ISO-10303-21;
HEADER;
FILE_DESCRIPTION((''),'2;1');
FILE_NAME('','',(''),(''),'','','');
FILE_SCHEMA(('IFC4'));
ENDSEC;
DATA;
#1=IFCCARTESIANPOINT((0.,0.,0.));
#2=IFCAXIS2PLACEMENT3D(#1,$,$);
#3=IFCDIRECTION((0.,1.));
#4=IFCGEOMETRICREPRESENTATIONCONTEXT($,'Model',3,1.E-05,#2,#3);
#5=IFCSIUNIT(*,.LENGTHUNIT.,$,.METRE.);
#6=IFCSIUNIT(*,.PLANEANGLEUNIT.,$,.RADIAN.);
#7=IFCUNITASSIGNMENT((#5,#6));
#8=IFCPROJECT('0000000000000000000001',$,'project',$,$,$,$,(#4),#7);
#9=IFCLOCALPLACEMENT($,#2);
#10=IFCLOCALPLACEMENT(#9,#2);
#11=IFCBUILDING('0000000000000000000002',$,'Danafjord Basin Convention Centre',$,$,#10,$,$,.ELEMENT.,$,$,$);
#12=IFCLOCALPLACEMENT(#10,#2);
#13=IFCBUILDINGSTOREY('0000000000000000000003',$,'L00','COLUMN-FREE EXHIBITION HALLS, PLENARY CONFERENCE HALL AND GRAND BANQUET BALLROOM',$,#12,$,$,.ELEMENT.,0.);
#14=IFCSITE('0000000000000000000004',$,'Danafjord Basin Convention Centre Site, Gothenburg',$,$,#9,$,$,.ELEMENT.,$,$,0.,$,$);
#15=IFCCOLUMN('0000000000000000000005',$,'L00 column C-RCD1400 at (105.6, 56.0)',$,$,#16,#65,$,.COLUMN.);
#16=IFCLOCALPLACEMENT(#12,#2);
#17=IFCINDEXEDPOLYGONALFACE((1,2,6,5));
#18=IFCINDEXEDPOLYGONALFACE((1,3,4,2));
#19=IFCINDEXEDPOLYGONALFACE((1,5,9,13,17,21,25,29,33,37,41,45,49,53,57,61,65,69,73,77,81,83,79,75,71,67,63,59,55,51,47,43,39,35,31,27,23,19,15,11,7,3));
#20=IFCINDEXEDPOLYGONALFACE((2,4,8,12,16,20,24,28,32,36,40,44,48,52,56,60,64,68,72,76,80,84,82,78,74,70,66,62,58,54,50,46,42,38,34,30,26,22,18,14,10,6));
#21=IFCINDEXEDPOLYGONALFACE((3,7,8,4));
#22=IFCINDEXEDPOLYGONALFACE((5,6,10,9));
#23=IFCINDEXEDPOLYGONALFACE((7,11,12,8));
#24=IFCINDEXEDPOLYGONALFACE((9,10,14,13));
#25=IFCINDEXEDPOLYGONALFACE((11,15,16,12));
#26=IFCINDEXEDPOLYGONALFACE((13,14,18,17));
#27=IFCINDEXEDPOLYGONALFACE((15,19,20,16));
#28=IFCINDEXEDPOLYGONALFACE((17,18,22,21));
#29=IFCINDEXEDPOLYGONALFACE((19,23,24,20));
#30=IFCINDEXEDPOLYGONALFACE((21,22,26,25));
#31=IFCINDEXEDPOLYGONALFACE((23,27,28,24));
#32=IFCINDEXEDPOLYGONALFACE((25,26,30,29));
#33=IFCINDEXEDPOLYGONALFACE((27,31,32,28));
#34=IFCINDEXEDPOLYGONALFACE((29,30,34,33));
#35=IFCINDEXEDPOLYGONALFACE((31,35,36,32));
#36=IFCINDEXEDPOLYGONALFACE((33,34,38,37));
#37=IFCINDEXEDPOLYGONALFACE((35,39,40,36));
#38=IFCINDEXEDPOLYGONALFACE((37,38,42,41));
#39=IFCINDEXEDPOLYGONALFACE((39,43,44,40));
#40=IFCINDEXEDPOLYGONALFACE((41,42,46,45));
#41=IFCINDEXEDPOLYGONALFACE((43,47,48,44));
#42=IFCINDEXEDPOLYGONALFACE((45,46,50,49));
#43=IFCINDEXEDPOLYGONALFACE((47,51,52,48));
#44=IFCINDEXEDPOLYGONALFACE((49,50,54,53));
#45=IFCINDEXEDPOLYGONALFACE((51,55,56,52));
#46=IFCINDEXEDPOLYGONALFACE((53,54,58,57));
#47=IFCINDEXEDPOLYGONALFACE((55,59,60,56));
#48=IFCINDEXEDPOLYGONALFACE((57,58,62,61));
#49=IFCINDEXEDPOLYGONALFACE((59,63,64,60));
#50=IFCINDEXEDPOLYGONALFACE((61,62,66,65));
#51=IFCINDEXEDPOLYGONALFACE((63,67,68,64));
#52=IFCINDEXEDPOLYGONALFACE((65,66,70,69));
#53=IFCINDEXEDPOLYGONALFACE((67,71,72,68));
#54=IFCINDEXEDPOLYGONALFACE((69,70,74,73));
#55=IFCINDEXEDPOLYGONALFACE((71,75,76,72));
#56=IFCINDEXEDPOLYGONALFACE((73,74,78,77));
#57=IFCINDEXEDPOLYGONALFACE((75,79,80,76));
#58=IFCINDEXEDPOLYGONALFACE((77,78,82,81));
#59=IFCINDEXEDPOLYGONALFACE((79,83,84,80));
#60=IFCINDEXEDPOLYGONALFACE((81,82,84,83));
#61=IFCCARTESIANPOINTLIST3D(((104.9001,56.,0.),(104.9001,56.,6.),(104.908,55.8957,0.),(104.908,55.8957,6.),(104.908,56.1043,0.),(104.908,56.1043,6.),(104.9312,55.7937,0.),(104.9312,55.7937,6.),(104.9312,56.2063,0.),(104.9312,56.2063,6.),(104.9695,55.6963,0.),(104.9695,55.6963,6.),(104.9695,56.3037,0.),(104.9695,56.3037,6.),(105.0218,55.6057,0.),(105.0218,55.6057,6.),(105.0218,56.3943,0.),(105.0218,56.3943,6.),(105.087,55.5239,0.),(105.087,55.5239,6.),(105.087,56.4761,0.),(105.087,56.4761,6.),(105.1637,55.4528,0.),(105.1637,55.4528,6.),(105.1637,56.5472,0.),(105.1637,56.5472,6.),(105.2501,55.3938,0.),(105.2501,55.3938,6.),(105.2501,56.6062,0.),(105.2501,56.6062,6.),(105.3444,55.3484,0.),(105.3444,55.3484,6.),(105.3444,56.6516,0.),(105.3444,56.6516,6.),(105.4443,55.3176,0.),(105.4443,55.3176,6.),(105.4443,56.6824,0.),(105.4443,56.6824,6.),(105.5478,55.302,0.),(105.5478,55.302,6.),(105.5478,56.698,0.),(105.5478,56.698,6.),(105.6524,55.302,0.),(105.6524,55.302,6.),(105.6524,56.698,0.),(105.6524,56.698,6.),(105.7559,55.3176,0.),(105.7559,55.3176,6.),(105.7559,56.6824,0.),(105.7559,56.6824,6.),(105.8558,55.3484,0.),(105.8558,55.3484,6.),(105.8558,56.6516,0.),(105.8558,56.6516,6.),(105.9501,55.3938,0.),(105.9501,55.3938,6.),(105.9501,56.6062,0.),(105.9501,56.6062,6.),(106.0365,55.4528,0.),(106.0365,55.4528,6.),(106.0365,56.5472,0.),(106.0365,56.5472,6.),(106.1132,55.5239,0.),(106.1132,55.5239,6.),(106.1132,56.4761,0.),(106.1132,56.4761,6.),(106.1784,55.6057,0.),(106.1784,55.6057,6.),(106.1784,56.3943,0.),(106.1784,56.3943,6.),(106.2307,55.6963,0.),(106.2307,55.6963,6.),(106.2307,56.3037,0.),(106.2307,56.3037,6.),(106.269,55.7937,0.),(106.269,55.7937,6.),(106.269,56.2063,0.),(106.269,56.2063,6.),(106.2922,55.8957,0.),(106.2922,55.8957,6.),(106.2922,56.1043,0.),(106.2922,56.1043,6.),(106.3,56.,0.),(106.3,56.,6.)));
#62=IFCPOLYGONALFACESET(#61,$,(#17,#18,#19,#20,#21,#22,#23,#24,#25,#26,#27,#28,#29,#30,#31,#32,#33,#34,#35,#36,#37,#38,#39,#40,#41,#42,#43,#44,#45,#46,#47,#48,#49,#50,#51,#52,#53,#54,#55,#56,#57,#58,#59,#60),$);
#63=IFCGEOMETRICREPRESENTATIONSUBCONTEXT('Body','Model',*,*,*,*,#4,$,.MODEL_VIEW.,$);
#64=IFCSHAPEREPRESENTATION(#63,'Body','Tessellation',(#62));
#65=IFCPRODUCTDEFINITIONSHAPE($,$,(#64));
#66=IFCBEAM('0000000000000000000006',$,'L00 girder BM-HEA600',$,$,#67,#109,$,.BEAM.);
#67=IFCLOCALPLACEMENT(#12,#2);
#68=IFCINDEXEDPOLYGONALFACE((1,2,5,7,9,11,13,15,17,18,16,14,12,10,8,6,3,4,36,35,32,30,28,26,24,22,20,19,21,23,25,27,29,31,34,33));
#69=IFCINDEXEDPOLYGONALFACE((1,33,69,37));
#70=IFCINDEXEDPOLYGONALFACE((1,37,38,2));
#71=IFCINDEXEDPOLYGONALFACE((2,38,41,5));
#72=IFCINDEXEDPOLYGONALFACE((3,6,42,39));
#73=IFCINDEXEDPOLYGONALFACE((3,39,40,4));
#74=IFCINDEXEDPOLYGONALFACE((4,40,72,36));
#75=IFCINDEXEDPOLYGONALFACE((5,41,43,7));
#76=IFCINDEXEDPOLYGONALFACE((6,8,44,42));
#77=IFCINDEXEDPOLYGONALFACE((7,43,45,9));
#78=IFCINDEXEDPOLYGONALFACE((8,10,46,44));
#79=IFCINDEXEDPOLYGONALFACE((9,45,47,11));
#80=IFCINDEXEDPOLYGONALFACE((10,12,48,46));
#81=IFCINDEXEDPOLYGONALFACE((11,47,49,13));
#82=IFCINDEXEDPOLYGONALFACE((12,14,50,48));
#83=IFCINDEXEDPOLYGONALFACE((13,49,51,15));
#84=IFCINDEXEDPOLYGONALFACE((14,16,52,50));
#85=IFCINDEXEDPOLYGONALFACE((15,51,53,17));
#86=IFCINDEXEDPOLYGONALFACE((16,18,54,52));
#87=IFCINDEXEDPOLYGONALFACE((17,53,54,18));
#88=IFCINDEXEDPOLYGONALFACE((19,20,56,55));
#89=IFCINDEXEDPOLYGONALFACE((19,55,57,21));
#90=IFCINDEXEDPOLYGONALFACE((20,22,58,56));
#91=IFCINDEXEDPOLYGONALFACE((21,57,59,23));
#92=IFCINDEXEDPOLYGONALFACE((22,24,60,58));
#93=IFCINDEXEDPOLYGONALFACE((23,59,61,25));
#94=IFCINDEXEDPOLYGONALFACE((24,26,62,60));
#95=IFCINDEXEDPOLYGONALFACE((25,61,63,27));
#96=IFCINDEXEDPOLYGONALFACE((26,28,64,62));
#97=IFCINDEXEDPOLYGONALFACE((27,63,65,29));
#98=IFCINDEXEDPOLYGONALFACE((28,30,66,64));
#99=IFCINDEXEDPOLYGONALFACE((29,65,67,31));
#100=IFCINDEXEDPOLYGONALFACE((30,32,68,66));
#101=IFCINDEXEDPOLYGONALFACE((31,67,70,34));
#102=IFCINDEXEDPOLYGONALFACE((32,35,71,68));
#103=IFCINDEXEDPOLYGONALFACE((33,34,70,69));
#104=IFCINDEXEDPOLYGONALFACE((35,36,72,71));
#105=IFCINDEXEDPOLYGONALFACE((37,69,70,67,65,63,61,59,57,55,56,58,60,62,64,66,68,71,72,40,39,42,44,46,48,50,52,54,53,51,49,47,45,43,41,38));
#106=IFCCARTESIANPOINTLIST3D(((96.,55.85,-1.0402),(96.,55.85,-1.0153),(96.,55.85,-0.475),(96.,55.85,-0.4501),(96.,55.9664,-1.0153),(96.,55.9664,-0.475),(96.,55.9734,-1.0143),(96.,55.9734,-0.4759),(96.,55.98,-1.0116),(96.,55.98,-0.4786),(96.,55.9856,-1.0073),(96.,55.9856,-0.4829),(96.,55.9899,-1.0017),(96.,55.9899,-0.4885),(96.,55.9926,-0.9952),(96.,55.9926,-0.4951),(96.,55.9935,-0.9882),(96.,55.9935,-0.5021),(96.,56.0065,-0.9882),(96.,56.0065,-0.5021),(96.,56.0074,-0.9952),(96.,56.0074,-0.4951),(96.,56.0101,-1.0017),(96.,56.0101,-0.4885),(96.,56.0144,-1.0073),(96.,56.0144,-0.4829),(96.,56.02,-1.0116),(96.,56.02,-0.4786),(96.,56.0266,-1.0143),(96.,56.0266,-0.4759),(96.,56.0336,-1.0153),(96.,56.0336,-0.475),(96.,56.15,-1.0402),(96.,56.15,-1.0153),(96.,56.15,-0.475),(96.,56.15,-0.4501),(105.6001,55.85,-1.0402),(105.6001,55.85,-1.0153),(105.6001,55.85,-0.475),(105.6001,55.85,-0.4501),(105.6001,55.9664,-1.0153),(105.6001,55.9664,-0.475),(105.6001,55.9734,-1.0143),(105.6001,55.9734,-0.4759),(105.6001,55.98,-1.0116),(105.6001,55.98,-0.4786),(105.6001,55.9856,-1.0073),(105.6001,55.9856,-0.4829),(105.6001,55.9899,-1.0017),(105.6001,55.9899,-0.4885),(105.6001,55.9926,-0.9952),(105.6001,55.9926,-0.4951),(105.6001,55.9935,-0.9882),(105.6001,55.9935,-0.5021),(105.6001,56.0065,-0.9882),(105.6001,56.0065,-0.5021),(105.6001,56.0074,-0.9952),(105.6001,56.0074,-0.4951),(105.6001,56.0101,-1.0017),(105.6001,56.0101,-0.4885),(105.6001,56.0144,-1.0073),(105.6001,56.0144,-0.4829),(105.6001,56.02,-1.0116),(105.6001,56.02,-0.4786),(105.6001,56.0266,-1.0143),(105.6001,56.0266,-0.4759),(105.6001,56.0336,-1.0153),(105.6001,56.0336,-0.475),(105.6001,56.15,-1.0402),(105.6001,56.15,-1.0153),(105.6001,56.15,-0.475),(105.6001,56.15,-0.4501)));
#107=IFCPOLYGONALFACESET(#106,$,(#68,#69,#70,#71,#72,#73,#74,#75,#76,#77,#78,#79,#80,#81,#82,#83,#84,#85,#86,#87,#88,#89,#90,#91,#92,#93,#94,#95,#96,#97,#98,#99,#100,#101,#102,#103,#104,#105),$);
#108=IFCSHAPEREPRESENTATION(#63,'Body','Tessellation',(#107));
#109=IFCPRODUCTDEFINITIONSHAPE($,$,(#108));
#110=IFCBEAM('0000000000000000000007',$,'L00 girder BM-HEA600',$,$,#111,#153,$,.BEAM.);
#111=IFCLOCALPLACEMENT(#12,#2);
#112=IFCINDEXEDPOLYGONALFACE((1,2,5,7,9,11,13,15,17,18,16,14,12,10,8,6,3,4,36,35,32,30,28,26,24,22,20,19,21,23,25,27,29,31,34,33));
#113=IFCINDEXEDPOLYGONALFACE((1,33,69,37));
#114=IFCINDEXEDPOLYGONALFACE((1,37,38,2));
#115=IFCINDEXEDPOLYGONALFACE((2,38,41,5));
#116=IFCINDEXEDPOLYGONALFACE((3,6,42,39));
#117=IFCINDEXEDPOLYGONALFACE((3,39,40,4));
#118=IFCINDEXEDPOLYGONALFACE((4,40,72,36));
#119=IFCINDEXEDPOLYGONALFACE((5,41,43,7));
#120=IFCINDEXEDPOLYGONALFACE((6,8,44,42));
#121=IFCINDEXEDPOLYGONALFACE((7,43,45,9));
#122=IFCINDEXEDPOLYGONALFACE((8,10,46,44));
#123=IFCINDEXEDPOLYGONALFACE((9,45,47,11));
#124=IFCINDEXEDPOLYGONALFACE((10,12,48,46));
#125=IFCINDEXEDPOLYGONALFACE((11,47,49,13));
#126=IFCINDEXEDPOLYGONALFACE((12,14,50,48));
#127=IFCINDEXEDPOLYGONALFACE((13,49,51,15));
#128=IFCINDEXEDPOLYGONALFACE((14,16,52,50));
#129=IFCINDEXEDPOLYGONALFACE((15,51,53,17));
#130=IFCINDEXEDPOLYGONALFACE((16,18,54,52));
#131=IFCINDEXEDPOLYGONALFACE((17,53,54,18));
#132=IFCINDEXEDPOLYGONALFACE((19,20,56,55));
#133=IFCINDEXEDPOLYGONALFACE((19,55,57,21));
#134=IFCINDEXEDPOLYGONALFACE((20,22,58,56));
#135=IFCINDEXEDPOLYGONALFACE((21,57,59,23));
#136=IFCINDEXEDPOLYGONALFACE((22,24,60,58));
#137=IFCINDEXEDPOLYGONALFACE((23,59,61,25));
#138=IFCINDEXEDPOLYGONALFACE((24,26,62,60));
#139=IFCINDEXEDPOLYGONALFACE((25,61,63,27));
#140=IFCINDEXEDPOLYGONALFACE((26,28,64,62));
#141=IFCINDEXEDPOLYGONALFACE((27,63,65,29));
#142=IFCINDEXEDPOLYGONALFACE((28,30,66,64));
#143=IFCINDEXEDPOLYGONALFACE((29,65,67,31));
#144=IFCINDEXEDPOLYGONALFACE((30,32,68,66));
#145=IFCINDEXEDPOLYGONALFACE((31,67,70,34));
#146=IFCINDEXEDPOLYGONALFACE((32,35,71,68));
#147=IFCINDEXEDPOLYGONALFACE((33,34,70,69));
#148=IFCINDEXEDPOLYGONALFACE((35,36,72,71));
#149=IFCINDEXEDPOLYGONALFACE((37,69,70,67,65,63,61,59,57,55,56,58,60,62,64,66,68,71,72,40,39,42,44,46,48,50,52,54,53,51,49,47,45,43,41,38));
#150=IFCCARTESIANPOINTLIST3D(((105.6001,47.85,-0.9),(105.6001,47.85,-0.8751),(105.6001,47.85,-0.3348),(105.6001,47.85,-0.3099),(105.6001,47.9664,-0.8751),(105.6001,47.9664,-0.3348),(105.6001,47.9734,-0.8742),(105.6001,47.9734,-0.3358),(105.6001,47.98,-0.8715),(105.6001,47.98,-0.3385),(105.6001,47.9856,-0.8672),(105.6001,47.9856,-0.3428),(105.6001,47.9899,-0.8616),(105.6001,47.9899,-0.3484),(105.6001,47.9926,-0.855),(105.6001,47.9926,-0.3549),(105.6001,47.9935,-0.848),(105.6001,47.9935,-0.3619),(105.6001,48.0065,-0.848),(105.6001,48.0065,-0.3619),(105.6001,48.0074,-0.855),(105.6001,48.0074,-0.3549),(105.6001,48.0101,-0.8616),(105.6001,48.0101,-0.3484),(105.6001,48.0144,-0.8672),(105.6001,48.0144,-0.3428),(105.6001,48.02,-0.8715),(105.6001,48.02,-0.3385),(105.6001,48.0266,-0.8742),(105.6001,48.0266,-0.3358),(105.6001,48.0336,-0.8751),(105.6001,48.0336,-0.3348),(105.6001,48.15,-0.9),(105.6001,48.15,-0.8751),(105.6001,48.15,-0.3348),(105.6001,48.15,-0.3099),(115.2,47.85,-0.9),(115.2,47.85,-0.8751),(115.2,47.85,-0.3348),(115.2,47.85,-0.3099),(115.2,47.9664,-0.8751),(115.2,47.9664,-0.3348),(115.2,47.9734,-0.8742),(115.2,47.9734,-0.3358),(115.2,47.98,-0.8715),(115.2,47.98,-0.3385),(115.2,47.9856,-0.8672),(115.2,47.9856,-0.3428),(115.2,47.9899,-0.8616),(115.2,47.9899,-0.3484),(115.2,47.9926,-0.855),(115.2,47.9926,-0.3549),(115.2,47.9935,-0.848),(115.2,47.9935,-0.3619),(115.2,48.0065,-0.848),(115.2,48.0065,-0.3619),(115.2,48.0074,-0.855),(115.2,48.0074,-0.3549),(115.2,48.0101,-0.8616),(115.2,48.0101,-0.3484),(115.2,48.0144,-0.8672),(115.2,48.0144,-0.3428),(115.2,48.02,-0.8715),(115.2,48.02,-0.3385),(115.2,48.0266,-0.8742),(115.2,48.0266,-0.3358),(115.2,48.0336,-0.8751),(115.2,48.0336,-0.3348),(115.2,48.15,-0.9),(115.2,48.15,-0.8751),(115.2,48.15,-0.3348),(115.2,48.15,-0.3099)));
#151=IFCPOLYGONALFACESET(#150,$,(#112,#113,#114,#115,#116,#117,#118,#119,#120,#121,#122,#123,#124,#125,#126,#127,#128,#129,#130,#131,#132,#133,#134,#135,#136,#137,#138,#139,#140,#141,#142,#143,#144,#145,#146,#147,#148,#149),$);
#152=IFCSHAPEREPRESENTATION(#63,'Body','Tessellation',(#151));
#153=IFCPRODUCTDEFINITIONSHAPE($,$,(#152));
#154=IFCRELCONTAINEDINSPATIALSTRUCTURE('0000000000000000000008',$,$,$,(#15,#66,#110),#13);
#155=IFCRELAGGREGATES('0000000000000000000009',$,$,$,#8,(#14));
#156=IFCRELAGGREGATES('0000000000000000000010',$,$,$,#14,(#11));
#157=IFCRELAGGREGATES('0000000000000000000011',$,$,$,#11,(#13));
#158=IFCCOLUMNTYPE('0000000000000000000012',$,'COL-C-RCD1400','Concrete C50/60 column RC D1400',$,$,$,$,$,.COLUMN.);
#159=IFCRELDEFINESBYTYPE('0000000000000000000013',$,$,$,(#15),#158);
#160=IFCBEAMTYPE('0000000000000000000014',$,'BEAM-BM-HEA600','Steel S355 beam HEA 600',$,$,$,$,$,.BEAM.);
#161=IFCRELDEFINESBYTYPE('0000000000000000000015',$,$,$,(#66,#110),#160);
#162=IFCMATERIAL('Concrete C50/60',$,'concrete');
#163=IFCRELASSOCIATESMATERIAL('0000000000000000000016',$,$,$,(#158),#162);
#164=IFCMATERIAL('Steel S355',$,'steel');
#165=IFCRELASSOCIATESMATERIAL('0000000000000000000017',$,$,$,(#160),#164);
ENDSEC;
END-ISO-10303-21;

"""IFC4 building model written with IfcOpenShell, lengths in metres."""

from ifc_helpers import new_model, si_unit, direction, frame, origin, origin_2d, place, context, subcontext, project, spatial, circle, i_section, extrude, material, material_profile, profile_set, type_object, element, save


model = new_model("IFC4")

# Units and contexts
model_context = context("Model", 3, precision=1e-05, world=origin(), true_north=direction((0.0, 1.0)))
body_context = subcontext(model_context, "Body", "Model", "MODEL_VIEW")
ifc_project = project(units=[si_unit("LENGTHUNIT", "METRE"), si_unit("PLANEANGLEUNIT", "RADIAN")], contexts=[model_context])

# Site, building, storey
site_placement = place(None, origin())
site = spatial("IfcSite", under=ifc_project, at=site_placement, Name="Danafjord Basin Convention Centre Site, Gothenburg", CompositionType="ELEMENT", RefElevation=0.0)
building_placement = place(site_placement, origin())
building = spatial("IfcBuilding", under=site, at=building_placement, Name="Danafjord Basin Convention Centre", CompositionType="ELEMENT")
storey_placement = place(building_placement, origin())
storey = spatial("IfcBuildingStorey", under=building, at=storey_placement, Name="L00", Description="COLUMN-FREE EXHIBITION HALLS, PLENARY CONFERENCE HALL AND GRAND BANQUET BALLROOM", CompositionType="ELEMENT", Elevation=0.0)

# Column
ifc_material_1 = material(Name="Steel S355", Category="steel")
ifc_material_2 = material(Name="Concrete C50/60", Category="concrete")
ifc_material_profile_1 = material_profile(ifc_material_2, circle(Radius=0.7, at=origin_2d()), Name="RC D1400")
ifc_profile_set_1 = profile_set([ifc_material_profile_1], Name="Concrete C50/60")
column_type_1 = type_object("IfcColumnType", Name="COL-C-RCD1400", Description="Concrete C50/60 column RC D1400", PredefinedType="COLUMN", material=ifc_profile_set_1)
column_1_placement = place(storey_placement, frame((105.6001, 56.0, 0.0), z_axis=(0.0, 0.0, 1.0), x_axis=(1.0, 0.0, 0.0)))
element("IfcColumn", 1, at=column_1_placement, inside=storey, type_object=column_type_1, Name="L00 column C-RCD1400 at (105.6, 56.0)", PredefinedType="COLUMN", context=body_context, shape_type="SweptSolid", body=[
    extrude(circle(Radius=0.7, at=origin_2d()), origin(), (0.0, 0.0, 1.0), 6.0),
])

# Beams
ifc_material_profile_2 = material_profile(ifc_material_1, i_section(OverallWidth=0.3, OverallDepth=0.5901, WebThickness=0.0129, FlangeThickness=0.0249, FilletRadius=0.0271, at=origin_2d()), Name="HEA 600")
ifc_profile_set_2 = profile_set([ifc_material_profile_2], Name="Steel S355")
beam_type_1 = type_object("IfcBeamType", Name="BEAM-BM-HEA600", Description="Steel S355 beam HEA 600", PredefinedType="BEAM", material=ifc_profile_set_2)
beam_1_placement = place(storey_placement, frame((96.0, 56.0, -0.7451), z_axis=(1.0, 0.0, 0.0), x_axis=(0.0, 1.0, 0.0)))
element("IfcBeam", 2, at=beam_1_placement, inside=storey, type_object=beam_type_1, Name="L00 girder BM-HEA600", PredefinedType="BEAM", context=body_context, shape_type="SweptSolid", body=[
    extrude(i_section(OverallWidth=0.3, OverallDepth=0.5901, WebThickness=0.0129, FlangeThickness=0.0249, FilletRadius=0.0271, at=origin_2d()), origin(), (0.0, 0.0, 1.0), 9.6001),
])
beam_2_placement = place(storey_placement, frame((105.6001, 48.0, -0.605), z_axis=(1.0, 0.0, 0.0), x_axis=(0.0, 1.0, 0.0)))
element("IfcBeam", 3, at=beam_2_placement, inside=storey, type_object=beam_type_1, Name="L00 girder BM-HEA600", PredefinedType="BEAM", context=body_context, shape_type="SweptSolid", body=[
    extrude(i_section(OverallWidth=0.3, OverallDepth=0.5901, WebThickness=0.0129, FlangeThickness=0.0249, FilletRadius=0.0271, at=origin_2d()), origin(), (0.0, 0.0, 1.0), 9.5999),
])

save(model, "model.ifc")
